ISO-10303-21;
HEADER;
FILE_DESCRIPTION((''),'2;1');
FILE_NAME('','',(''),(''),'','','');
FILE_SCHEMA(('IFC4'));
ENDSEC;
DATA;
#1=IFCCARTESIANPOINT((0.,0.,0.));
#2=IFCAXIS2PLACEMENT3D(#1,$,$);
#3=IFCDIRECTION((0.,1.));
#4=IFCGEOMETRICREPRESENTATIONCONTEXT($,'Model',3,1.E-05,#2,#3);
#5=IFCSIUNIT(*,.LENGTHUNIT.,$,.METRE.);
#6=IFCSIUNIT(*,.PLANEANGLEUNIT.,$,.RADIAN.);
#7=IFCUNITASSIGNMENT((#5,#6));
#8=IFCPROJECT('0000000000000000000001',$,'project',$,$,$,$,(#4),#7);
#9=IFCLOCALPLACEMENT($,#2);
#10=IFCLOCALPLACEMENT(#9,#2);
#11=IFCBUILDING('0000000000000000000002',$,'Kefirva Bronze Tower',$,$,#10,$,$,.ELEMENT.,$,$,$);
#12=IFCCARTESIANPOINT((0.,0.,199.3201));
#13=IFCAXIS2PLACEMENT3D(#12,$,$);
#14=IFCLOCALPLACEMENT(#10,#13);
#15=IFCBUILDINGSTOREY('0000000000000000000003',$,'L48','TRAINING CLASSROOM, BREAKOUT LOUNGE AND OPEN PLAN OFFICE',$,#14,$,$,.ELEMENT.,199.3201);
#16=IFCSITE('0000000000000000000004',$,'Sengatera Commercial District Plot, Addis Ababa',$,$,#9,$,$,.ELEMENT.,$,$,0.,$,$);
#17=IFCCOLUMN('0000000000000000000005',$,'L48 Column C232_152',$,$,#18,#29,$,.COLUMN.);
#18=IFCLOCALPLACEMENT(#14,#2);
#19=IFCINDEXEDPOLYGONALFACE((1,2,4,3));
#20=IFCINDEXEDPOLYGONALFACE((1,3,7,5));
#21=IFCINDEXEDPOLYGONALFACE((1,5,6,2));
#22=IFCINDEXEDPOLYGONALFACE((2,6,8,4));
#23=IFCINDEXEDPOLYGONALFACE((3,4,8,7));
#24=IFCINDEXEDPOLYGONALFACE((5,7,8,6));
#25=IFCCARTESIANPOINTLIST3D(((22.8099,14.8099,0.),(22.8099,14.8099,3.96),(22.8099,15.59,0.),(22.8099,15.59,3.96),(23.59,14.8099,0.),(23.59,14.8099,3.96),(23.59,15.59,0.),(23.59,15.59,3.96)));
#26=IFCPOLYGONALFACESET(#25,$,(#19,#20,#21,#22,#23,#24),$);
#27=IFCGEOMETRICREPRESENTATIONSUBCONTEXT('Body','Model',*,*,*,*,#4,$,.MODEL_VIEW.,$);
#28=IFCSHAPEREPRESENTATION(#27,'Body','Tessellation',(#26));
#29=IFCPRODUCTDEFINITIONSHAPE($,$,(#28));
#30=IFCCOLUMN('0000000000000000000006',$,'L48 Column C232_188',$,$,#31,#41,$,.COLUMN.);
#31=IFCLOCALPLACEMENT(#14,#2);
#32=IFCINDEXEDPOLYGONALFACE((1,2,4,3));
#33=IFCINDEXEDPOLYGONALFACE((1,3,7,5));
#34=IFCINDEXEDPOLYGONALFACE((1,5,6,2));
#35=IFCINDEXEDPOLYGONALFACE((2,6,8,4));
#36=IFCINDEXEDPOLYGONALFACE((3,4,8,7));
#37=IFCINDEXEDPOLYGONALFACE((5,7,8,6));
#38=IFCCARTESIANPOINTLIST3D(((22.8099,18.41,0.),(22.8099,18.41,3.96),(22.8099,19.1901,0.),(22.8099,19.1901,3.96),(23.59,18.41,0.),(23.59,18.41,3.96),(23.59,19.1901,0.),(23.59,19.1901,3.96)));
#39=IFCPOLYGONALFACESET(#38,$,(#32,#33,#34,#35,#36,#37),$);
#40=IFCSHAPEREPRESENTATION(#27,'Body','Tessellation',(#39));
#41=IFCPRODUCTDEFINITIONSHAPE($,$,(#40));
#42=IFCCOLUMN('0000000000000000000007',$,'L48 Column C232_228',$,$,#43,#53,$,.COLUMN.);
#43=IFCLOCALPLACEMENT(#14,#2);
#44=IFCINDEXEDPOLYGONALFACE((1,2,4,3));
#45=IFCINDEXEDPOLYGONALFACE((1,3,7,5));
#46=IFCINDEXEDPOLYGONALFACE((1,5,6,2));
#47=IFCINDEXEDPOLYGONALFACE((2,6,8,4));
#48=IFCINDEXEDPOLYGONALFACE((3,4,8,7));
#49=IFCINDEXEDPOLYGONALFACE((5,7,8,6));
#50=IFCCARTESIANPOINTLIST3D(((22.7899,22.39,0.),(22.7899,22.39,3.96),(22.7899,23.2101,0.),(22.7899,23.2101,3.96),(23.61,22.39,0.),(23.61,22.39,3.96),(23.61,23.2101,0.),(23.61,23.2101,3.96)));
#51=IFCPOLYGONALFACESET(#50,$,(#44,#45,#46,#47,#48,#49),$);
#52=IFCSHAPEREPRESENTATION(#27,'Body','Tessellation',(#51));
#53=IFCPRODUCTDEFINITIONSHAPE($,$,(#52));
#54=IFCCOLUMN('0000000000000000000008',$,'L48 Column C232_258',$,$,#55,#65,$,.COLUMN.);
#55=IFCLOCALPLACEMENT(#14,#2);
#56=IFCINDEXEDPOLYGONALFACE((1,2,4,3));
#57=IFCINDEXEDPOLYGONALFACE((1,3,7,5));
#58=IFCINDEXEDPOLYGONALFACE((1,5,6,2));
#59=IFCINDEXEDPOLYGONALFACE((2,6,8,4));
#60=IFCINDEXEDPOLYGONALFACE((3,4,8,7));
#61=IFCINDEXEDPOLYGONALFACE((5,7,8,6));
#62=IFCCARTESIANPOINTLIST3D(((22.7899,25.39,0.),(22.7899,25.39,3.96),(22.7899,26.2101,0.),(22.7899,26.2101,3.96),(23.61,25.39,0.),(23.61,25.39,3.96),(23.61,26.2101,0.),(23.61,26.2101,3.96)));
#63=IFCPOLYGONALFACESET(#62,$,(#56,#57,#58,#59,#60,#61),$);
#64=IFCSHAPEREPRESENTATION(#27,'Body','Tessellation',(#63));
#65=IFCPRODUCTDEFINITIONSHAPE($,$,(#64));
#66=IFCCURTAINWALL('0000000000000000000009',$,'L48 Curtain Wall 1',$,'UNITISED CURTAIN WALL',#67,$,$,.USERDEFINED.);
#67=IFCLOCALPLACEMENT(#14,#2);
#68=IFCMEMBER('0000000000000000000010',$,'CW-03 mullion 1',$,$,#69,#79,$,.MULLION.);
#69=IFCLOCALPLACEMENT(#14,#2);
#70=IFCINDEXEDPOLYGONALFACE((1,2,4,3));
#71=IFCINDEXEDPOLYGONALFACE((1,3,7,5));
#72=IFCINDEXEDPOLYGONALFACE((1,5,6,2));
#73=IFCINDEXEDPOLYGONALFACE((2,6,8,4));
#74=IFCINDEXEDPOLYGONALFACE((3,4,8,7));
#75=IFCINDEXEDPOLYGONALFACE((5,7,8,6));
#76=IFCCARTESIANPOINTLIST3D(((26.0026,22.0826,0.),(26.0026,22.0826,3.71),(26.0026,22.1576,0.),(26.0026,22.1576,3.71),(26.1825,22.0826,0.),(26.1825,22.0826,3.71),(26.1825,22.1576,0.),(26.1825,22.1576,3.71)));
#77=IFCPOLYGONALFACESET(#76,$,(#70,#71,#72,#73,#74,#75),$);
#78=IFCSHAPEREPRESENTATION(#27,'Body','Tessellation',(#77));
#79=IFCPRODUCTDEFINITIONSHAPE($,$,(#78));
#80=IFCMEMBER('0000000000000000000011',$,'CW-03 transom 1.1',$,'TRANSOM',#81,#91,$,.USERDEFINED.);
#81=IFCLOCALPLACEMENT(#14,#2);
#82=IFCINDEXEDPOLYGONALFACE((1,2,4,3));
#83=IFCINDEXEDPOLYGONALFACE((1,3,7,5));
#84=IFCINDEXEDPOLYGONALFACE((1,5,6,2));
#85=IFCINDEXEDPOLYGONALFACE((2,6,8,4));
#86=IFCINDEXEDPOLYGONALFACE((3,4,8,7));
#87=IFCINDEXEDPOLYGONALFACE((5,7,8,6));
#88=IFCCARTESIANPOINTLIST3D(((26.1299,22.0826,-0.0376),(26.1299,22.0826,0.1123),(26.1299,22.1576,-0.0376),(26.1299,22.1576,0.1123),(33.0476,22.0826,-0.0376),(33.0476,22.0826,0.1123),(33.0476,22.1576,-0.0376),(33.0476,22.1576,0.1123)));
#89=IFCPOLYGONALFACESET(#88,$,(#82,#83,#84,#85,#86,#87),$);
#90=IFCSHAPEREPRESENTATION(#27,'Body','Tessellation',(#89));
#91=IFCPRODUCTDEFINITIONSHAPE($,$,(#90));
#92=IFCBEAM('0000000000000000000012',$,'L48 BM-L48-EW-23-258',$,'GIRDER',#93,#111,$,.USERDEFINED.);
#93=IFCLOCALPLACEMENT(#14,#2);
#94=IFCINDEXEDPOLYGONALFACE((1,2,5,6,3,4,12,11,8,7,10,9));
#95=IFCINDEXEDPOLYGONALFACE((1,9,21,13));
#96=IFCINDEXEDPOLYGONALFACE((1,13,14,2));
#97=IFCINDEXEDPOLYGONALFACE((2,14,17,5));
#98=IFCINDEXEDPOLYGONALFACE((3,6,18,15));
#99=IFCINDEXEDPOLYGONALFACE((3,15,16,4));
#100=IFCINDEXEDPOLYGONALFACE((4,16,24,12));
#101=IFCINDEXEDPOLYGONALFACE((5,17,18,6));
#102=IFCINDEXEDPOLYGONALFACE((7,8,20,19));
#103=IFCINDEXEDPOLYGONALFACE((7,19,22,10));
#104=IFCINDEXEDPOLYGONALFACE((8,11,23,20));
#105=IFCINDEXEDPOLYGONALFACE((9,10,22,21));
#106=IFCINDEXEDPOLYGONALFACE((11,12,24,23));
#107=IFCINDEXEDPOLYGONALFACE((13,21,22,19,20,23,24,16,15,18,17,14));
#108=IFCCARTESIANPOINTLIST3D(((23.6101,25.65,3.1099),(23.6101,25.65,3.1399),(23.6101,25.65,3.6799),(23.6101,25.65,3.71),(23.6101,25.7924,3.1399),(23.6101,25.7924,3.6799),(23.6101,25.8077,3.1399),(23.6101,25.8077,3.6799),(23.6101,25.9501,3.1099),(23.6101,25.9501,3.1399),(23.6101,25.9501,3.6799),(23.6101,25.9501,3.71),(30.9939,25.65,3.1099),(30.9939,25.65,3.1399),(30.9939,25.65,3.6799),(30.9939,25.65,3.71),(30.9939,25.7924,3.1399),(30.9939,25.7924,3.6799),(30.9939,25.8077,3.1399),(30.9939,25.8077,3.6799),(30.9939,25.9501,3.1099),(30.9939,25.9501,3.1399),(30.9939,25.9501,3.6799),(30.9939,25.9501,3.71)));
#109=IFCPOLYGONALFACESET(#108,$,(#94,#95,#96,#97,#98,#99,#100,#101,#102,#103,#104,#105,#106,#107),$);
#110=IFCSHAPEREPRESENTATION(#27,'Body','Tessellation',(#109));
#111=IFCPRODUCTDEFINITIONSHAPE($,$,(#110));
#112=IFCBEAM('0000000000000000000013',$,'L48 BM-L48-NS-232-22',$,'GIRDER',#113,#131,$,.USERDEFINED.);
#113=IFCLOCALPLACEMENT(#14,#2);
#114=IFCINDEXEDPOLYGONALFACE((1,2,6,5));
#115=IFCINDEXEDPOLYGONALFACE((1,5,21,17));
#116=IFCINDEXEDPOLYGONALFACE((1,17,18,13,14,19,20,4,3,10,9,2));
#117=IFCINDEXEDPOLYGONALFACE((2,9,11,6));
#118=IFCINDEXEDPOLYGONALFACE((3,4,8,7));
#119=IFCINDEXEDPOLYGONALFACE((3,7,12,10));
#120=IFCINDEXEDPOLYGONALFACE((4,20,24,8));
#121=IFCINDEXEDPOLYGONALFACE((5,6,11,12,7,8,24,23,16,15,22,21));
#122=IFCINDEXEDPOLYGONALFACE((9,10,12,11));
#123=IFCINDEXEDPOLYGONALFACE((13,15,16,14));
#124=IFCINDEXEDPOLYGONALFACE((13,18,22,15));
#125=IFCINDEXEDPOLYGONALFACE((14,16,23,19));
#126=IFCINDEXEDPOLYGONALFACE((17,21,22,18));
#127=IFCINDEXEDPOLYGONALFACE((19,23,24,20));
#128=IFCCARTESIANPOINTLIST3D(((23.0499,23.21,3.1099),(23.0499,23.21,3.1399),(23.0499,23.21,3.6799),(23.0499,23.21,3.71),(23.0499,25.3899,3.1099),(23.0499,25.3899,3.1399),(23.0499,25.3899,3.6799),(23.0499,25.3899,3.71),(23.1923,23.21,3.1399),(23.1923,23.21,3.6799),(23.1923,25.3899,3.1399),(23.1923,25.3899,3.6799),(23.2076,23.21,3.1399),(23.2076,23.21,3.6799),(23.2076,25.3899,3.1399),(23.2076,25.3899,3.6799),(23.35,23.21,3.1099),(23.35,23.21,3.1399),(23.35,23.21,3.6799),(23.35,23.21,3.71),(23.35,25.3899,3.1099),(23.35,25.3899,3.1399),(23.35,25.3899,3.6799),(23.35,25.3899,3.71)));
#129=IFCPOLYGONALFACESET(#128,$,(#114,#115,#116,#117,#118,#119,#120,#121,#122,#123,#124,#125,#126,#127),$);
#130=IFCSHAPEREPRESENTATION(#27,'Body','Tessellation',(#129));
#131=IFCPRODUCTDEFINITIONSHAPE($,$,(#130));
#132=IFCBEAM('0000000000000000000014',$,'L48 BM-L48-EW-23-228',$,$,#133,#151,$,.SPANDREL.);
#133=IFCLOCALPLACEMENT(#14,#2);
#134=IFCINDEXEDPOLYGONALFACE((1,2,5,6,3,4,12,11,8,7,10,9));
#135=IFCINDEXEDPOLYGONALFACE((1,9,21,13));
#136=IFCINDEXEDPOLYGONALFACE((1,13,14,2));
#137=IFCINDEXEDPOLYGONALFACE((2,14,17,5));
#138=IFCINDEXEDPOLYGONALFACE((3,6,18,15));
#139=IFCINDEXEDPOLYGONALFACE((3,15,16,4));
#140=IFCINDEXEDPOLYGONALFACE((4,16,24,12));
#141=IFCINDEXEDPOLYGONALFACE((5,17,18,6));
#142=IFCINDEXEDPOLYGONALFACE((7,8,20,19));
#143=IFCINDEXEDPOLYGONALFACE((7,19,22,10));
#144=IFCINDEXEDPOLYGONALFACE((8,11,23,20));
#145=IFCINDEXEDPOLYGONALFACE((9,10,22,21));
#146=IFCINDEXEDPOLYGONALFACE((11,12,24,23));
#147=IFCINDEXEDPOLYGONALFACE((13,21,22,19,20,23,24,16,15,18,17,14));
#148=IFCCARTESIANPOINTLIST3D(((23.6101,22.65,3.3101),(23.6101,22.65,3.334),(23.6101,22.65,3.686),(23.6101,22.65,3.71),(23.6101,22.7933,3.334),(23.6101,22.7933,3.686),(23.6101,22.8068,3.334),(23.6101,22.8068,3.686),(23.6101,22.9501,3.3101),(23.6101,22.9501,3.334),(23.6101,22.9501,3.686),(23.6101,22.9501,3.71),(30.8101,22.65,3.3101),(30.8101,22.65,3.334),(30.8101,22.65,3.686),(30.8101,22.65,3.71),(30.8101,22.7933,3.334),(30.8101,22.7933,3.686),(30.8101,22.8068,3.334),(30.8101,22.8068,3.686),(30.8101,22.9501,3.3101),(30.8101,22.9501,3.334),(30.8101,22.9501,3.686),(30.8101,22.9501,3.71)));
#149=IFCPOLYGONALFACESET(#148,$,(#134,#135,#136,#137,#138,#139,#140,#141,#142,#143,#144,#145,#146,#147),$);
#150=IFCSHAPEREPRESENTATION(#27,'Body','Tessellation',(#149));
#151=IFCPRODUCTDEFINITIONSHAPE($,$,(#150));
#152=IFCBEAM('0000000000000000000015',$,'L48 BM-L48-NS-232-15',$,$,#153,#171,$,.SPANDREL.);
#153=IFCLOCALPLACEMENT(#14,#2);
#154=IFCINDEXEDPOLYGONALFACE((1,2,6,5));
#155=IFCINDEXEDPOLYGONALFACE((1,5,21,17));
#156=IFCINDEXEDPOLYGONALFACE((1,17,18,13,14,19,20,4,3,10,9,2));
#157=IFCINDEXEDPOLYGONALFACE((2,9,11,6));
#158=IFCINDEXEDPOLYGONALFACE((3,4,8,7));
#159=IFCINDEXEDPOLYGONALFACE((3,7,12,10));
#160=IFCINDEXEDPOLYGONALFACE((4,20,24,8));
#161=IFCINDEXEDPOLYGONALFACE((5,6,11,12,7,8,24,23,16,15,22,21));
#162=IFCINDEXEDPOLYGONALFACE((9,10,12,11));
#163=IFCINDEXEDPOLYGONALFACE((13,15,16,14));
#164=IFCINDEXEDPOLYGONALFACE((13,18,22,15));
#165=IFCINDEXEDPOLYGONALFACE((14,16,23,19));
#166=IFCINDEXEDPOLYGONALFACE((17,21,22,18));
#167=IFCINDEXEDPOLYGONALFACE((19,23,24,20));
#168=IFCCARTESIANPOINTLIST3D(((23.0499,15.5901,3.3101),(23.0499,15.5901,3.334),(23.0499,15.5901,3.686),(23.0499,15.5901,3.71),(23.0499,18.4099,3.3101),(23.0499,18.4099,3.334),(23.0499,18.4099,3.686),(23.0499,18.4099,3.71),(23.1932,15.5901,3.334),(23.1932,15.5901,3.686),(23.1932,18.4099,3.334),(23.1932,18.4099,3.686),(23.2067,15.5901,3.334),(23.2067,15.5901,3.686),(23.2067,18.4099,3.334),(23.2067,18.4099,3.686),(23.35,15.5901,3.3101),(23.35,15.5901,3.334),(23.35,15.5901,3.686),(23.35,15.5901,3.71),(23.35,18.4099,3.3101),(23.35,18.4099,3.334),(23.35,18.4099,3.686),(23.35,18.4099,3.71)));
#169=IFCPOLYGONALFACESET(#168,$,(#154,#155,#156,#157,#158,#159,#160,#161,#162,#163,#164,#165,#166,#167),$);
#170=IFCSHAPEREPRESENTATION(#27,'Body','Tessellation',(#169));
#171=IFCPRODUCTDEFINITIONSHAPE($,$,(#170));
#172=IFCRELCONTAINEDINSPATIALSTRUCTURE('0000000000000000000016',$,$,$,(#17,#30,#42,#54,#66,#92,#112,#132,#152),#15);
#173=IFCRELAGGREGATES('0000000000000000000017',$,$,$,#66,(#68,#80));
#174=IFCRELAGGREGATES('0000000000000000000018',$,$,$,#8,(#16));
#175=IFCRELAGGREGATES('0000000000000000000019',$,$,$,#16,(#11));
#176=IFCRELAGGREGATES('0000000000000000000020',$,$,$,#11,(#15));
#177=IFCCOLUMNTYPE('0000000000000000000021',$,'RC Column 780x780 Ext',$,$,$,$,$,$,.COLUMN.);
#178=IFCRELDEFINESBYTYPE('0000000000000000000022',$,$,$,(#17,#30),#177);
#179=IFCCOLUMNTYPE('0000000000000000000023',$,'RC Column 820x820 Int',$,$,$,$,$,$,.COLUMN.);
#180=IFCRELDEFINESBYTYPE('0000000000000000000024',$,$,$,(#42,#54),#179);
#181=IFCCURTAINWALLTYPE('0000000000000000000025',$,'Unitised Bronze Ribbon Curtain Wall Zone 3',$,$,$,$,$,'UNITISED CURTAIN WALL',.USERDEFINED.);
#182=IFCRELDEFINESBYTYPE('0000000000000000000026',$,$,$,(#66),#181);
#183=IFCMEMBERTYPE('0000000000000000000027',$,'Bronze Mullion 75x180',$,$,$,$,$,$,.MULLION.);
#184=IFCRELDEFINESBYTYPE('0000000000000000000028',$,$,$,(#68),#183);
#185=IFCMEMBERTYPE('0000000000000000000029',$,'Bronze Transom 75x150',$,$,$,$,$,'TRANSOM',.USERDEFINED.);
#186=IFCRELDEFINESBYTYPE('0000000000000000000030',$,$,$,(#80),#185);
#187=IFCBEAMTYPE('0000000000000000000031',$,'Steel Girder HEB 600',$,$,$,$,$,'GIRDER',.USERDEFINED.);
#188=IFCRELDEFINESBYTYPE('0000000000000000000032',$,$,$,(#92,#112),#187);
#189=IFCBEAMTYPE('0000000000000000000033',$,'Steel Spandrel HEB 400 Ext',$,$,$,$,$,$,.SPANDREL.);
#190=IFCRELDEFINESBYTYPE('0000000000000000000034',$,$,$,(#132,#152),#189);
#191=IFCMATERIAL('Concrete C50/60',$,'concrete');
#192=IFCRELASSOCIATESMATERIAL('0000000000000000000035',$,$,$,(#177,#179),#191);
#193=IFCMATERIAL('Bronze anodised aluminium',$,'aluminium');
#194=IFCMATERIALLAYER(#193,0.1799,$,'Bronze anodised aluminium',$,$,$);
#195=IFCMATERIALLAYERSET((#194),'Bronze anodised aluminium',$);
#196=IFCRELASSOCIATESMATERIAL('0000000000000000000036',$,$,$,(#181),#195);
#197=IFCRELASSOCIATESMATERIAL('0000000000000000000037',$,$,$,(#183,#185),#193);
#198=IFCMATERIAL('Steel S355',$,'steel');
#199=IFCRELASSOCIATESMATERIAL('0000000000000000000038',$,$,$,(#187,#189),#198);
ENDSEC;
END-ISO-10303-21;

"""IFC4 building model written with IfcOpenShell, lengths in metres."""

from ifc_helpers import new_model, si_unit, direction, frame, origin, origin_2d, place, context, subcontext, project, spatial, rectangle, i_section, extrude, material, layer, layer_set, material_profile, profile_set, type_object, element, aggregate, save


model = new_model("IFC4")

# Units and contexts
model_context = context("Model", 3, precision=1e-05, world=origin(), true_north=direction((0.0, 1.0)))
body_context = subcontext(model_context, "Body", "Model", "MODEL_VIEW")
ifc_project = project(units=[si_unit("LENGTHUNIT", "METRE"), si_unit("PLANEANGLEUNIT", "RADIAN")], contexts=[model_context])

# Site, building, storey
site_placement = place(None, origin())
site = spatial("IfcSite", under=ifc_project, at=site_placement, Name="Sengatera Commercial District Plot, Addis Ababa", CompositionType="ELEMENT", RefElevation=0.0)
building_placement = place(site_placement, origin())
building = spatial("IfcBuilding", under=site, at=building_placement, Name="Kefirva Bronze Tower", CompositionType="ELEMENT")
storey_placement = place(building_placement, frame((0.0, 0.0, 199.3201)))
storey = spatial("IfcBuildingStorey", under=building, at=storey_placement, Name="L48", Description="TRAINING CLASSROOM, BREAKOUT LOUNGE AND OPEN PLAN OFFICE", CompositionType="ELEMENT", Elevation=199.3201)

# Columns
ifc_material_1 = material(Name="Concrete C50/60", Category="concrete")
ifc_material_profile_1 = material_profile(ifc_material_1, rectangle(XDim=0.78, YDim=0.78, at=origin_2d()), Name="RC 780x780")
ifc_profile_set_1 = profile_set([ifc_material_profile_1], Name="Concrete C50/60")
column_type_1 = type_object("IfcColumnType", Name="RC Column 780x780 Ext", PredefinedType="COLUMN", material=ifc_profile_set_1)
for number, where, z_axis, x_axis, name in (
    (1, (23.2, 15.2, 0.0), (0.0, 0.0, 1.0), (1.0, 0.0, 0.0), "L48 Column C232_152"),
    (2, (23.2, 18.8, 0.0), (0.0, 0.0, 1.0), (1.0, 0.0, 0.0), "L48 Column C232_188"),
):
    element("IfcColumn", number, at=place(storey_placement, frame(where, z_axis=z_axis, x_axis=x_axis)), inside=storey, type_object=column_type_1, Name=name, PredefinedType="COLUMN", context=body_context, shape_type="SweptSolid", body=[
        extrude(rectangle(XDim=0.78, YDim=0.78, at=origin_2d()), origin(), (0.0, 0.0, 1.0), 3.96),
    ])
ifc_material_profile_2 = material_profile(ifc_material_1, rectangle(XDim=0.8201, YDim=0.8201, at=origin_2d()), Name="RC 820x820")
ifc_profile_set_2 = profile_set([ifc_material_profile_2], Name="Concrete C50/60")
column_type_2 = type_object("IfcColumnType", Name="RC Column 820x820 Int", PredefinedType="COLUMN", material=ifc_profile_set_2)
for number, where, z_axis, x_axis, name in (
    (3, (23.2, 22.8, 0.0), (0.0, 0.0, 1.0), (1.0, 0.0, 0.0), "L48 Column C232_228"),
    (4, (23.2, 25.8, 0.0), (0.0, 0.0, 1.0), (1.0, 0.0, 0.0), "L48 Column C232_258"),
):
    element("IfcColumn", number, at=place(storey_placement, frame(where, z_axis=z_axis, x_axis=x_axis)), inside=storey, type_object=column_type_2, Name=name, PredefinedType="COLUMN", context=body_context, shape_type="SweptSolid", body=[
        extrude(rectangle(XDim=0.8201, YDim=0.8201, at=origin_2d()), origin(), (0.0, 0.0, 1.0), 3.96),
    ])

# Curtain wall, members
ifc_material_2 = material(Name="Bronze anodised aluminium", Category="aluminium")
ifc_layer_1 = layer(ifc_material_2, 0.1799, Name="Bronze anodised aluminium")
ifc_layer_set_1 = layer_set([ifc_layer_1], Name="Bronze anodised aluminium")
curtain_wall_type = type_object("IfcCurtainWallType", Name="Unitised Bronze Ribbon Curtain Wall Zone 3", ElementType="UNITISED CURTAIN WALL", PredefinedType="USERDEFINED", material=ifc_layer_set_1)
curtain_wall_placement = place(storey_placement, origin())
curtain_wall = element("IfcCurtainWall", 5, at=curtain_wall_placement, inside=storey, type_object=curtain_wall_type, Name="L48 Curtain Wall 1", ObjectType="UNITISED CURTAIN WALL", PredefinedType="USERDEFINED")
ifc_material_profile_3 = material_profile(ifc_material_2, rectangle(XDim=0.075, YDim=0.1799, at=origin_2d()), Name="ALU 75x180")
ifc_profile_set_3 = profile_set([ifc_material_profile_3], Name="Bronze anodised aluminium")
member_type_1 = type_object("IfcMemberType", Name="Bronze Mullion 75x180", PredefinedType="MULLION", material=ifc_profile_set_3)
member_1_placement = place(storey_placement, frame((26.0925, 22.1201, 0.0), z_axis=(0.0, 0.0, 1.0), x_axis=(0.0, 1.0, 0.0)))
member_1 = element("IfcMember", 6, at=member_1_placement, type_object=member_type_1, Name="CW-03 mullion 1", PredefinedType="MULLION", context=body_context, shape_type="SweptSolid", body=[
    extrude(rectangle(XDim=0.075, YDim=0.1799, at=origin_2d()), origin(), (0.0, 0.0, 1.0), 3.71),
])
ifc_material_profile_4 = material_profile(ifc_material_2, rectangle(XDim=0.075, YDim=0.1499, at=origin_2d()), Name="ALU 75x150")
ifc_profile_set_4 = profile_set([ifc_material_profile_4], Name="Bronze anodised aluminium")
member_type_2 = type_object("IfcMemberType", Name="Bronze Transom 75x150", ElementType="TRANSOM", PredefinedType="USERDEFINED", material=ifc_profile_set_4)
member_2_placement = place(storey_placement, frame((26.1299, 22.1201, 0.0374), z_axis=(1.0, 0.0, 0.0), x_axis=(0.0, 1.0, 0.0)))
member_2 = element("IfcMember", 7, at=member_2_placement, type_object=member_type_2, Name="CW-03 transom 1.1", ObjectType="TRANSOM", PredefinedType="USERDEFINED", context=body_context, shape_type="SweptSolid", body=[
    extrude(rectangle(XDim=0.075, YDim=0.1499, at=origin_2d()), origin(), (0.0, 0.0, 1.0), 6.9177),
])
aggregate(curtain_wall, [member_1, member_2])

# Beams
ifc_material_3 = material(Name="Steel S355", Category="steel")
ifc_material_profile_5 = material_profile(ifc_material_3, i_section(OverallWidth=0.3, OverallDepth=0.6001, WebThickness=0.0154, FlangeThickness=0.03, at=origin_2d()), Name="HEB 600")
ifc_profile_set_5 = profile_set([ifc_material_profile_5], Name="Steel S355")
beam_type_1 = type_object("IfcBeamType", Name="Steel Girder HEB 600", ElementType="GIRDER", PredefinedType="USERDEFINED", material=ifc_profile_set_5)
beam_1_placement = place(storey_placement, frame((23.6101, 25.8, 3.4099), z_axis=(1.0, 0.0, 0.0), x_axis=(0.0, 1.0, 0.0)))
element("IfcBeam", 8, at=beam_1_placement, inside=storey, type_object=beam_type_1, Name="L48 BM-L48-EW-23-258", ObjectType="GIRDER", PredefinedType="USERDEFINED", context=body_context, shape_type="SweptSolid", body=[
    extrude(i_section(OverallWidth=0.3, OverallDepth=0.6001, WebThickness=0.0154, FlangeThickness=0.03, at=origin_2d()), origin(), (0.0, 0.0, 1.0), 7.3838),
])
beam_2_placement = place(storey_placement, frame((23.2, 23.21, 3.4099), z_axis=(0.0, 1.0, 0.0), x_axis=(-1.0, 0.0, 0.0)))
element("IfcBeam", 9, at=beam_2_placement, inside=storey, type_object=beam_type_1, Name="L48 BM-L48-NS-232-22", ObjectType="GIRDER", PredefinedType="USERDEFINED", context=body_context, shape_type="SweptSolid", body=[
    extrude(i_section(OverallWidth=0.3, OverallDepth=0.6001, WebThickness=0.0154, FlangeThickness=0.03, at=origin_2d()), origin(), (0.0, 0.0, 1.0), 2.1799),
])
ifc_material_profile_6 = material_profile(ifc_material_3, i_section(OverallWidth=0.3, OverallDepth=0.3999, WebThickness=0.0134, FlangeThickness=0.0239, at=origin_2d()), Name="HEB 400")
ifc_profile_set_6 = profile_set([ifc_material_profile_6], Name="Steel S355")
beam_type_2 = type_object("IfcBeamType", Name="Steel Spandrel HEB 400 Ext", PredefinedType="SPANDREL", material=ifc_profile_set_6)
beam_3_placement = place(storey_placement, frame((23.6101, 22.8, 3.51), z_axis=(1.0, 0.0, 0.0), x_axis=(0.0, 1.0, 0.0)))
element("IfcBeam", 10, at=beam_3_placement, inside=storey, type_object=beam_type_2, Name="L48 BM-L48-EW-23-228", PredefinedType="SPANDREL", context=body_context, shape_type="SweptSolid", body=[
    extrude(i_section(OverallWidth=0.3, OverallDepth=0.3999, WebThickness=0.0134, FlangeThickness=0.0239, at=origin_2d()), origin(), (0.0, 0.0, 1.0), 7.2),
])
beam_4_placement = place(storey_placement, frame((23.2, 15.5901, 3.51), z_axis=(0.0, 1.0, 0.0), x_axis=(-1.0, 0.0, 0.0)))
element("IfcBeam", 11, at=beam_4_placement, inside=storey, type_object=beam_type_2, Name="L48 BM-L48-NS-232-15", PredefinedType="SPANDREL", context=body_context, shape_type="SweptSolid", body=[
    extrude(i_section(OverallWidth=0.3, OverallDepth=0.3999, WebThickness=0.0134, FlangeThickness=0.0239, at=origin_2d()), origin(), (0.0, 0.0, 1.0), 2.8198),
])

save(model, "model.ifc")
